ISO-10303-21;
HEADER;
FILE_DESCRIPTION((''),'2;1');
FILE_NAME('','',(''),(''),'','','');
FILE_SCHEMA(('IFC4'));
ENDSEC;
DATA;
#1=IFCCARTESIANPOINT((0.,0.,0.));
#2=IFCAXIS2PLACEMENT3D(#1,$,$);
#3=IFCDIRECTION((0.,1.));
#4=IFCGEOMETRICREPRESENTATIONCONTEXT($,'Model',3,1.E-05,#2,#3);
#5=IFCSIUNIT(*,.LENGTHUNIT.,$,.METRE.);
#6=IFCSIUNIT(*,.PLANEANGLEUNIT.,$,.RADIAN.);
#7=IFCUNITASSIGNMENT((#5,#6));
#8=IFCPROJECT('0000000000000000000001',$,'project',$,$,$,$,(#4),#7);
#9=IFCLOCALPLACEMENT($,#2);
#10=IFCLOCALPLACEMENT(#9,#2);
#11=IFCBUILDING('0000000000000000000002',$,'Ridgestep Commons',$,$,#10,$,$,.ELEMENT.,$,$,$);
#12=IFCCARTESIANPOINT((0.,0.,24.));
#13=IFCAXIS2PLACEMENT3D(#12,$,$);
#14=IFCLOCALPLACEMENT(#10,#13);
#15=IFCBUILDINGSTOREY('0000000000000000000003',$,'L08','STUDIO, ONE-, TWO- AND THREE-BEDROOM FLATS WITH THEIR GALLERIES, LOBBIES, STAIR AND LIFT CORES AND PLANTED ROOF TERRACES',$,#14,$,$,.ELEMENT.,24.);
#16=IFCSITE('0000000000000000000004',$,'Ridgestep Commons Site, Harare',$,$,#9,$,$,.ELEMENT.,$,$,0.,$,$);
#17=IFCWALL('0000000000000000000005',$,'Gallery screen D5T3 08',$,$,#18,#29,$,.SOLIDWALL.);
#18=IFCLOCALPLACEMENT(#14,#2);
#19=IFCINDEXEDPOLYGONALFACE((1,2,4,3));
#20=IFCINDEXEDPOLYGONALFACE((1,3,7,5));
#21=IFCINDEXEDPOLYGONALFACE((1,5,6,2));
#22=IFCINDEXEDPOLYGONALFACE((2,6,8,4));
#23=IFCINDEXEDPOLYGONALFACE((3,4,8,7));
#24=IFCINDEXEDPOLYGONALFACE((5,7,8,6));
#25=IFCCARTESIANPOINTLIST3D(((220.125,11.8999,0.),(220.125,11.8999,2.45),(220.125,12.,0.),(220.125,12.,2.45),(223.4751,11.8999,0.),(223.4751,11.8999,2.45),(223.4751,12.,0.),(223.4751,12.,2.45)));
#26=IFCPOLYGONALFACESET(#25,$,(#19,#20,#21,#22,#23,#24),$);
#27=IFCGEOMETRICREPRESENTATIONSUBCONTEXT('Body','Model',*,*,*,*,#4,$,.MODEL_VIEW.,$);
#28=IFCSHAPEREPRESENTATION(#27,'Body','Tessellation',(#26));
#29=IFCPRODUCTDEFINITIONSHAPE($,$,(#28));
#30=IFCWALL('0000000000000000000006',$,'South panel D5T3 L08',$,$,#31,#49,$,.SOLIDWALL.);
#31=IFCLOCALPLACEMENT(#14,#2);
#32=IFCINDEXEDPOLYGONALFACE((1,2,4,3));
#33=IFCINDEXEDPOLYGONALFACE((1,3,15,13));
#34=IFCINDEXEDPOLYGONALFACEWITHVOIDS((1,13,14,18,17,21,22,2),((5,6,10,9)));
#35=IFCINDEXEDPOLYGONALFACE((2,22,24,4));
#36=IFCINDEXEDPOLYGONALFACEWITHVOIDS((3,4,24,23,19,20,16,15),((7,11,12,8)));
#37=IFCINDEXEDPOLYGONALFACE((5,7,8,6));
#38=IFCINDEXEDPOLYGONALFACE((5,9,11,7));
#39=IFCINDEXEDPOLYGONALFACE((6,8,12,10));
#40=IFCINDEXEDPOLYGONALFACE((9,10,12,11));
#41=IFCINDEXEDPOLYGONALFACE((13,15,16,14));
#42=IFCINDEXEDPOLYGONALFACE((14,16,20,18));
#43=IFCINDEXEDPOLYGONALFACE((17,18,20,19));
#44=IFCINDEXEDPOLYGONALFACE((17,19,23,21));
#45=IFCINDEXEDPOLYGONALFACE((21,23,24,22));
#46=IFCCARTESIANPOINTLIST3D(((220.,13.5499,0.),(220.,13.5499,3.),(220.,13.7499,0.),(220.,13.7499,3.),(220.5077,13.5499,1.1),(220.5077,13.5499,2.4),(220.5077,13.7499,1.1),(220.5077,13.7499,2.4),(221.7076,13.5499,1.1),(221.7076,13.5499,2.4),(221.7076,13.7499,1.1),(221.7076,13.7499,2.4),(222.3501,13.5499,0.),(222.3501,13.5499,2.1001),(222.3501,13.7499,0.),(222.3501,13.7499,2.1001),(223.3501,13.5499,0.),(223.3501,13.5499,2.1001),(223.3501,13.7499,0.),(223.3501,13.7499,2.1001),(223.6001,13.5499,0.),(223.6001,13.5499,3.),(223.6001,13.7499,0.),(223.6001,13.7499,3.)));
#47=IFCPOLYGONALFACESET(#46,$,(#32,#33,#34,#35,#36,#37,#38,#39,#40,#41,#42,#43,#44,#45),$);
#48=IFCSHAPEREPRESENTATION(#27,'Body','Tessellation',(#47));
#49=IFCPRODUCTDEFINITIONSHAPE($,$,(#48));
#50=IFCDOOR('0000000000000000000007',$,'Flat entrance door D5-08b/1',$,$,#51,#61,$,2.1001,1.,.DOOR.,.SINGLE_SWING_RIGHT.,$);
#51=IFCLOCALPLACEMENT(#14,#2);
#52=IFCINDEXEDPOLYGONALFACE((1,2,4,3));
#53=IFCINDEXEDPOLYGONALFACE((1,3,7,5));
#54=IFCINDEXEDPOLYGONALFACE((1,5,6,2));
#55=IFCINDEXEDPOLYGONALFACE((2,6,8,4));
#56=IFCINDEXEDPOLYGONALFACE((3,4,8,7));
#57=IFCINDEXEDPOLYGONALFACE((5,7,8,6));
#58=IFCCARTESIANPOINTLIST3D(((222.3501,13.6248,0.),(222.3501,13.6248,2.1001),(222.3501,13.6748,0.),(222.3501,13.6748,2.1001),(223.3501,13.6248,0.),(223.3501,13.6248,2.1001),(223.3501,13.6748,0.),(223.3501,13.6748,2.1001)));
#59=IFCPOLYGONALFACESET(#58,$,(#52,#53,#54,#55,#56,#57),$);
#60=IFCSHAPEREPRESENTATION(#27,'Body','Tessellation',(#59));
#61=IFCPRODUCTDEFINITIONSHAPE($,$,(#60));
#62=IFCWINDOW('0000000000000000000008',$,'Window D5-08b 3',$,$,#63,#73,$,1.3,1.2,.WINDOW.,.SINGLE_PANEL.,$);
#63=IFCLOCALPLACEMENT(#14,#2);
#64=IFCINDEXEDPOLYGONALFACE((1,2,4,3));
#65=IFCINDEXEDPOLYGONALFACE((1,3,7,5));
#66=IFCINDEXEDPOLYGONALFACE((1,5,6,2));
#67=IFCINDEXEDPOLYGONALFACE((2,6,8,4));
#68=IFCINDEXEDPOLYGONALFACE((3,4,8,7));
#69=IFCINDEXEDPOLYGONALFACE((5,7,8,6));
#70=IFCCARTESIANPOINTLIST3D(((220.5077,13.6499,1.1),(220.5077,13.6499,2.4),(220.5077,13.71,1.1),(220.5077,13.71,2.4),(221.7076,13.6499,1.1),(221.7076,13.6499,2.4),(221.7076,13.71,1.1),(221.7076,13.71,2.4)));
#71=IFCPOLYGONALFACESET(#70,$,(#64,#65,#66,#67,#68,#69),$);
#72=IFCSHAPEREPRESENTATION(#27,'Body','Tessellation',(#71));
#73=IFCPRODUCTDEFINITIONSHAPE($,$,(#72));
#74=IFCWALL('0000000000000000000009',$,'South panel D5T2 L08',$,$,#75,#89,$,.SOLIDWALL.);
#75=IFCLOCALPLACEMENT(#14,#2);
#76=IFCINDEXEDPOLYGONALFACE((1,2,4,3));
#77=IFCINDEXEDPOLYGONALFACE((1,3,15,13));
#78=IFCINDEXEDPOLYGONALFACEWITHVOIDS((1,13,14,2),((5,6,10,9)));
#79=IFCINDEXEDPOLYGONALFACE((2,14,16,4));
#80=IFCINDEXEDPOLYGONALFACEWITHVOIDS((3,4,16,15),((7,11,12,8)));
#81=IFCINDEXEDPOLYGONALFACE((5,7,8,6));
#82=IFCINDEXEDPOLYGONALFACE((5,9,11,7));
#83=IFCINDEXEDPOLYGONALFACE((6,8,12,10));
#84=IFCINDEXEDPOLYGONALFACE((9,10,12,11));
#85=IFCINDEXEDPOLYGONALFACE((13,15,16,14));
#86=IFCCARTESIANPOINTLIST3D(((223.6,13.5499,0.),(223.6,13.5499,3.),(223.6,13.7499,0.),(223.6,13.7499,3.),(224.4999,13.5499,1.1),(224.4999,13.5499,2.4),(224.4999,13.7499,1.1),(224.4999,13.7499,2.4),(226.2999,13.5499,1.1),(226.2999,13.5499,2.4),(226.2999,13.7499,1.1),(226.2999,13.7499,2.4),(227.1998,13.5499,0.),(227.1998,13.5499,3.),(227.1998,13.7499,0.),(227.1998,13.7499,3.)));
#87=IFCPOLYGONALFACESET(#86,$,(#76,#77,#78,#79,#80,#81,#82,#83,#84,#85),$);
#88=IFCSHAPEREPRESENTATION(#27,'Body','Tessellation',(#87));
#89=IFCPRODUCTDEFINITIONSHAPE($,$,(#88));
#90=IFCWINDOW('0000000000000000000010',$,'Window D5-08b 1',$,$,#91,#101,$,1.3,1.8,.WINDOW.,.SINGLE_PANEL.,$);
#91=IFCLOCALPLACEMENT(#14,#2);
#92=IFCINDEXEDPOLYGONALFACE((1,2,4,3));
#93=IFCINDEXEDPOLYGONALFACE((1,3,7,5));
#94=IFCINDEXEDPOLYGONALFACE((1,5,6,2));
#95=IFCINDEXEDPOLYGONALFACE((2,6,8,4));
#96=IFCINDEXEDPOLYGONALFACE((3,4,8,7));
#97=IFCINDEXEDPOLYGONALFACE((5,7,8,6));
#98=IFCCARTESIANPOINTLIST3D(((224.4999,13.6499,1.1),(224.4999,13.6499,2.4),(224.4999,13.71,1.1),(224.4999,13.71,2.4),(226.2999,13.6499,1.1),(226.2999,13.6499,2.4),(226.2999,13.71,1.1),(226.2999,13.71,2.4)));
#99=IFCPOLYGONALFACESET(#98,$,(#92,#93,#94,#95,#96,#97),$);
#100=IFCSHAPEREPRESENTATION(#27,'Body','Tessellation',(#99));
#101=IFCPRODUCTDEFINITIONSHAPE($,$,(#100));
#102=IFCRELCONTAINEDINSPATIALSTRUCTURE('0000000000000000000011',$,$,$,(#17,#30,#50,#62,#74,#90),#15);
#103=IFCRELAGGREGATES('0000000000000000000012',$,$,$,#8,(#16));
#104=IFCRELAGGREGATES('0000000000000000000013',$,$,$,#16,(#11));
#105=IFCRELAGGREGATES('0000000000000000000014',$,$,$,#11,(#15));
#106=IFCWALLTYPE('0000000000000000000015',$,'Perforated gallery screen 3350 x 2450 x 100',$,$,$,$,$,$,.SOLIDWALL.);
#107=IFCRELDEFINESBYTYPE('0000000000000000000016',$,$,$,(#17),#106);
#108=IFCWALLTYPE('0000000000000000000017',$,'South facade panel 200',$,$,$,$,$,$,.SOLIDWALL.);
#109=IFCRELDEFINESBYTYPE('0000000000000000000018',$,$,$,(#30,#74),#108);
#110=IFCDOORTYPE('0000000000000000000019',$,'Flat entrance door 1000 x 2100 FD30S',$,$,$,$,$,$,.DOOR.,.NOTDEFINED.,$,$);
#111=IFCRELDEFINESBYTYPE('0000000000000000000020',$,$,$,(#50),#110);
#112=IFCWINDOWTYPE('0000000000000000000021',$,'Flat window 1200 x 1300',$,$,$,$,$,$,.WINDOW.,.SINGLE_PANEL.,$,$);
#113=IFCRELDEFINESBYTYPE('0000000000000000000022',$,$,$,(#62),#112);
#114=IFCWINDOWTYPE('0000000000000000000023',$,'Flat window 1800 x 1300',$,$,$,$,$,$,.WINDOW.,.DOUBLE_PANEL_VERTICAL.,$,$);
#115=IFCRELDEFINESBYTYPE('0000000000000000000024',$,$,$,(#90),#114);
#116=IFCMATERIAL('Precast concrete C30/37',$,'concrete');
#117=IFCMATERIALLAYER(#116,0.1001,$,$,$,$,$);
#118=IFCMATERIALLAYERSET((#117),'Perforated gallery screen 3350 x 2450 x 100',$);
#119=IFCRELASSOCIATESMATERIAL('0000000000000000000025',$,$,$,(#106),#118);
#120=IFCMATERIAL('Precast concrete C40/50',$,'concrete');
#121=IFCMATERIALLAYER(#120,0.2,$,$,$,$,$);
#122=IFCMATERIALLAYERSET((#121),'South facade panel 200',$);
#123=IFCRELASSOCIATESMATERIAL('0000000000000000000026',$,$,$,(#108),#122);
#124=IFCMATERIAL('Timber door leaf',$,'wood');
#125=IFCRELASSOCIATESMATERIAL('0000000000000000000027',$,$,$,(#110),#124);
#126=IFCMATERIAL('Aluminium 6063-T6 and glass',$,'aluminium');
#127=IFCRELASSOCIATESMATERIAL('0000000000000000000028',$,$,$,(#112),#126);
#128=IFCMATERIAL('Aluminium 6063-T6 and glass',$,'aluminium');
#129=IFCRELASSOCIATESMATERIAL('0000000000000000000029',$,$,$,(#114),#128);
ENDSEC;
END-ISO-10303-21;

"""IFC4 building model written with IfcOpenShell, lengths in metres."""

from ifc_helpers import new_model, si_unit, direction, frame, frame_2d, origin, place, context, subcontext, project, spatial, rectangle, extrude, material, layer, layer_set, type_object, element, fill, save


model = new_model("IFC4")

# Units and contexts
model_context = context("Model", 3, precision=1e-05, world=origin(), true_north=direction((0.0, 1.0)))
body_context = subcontext(model_context, "Body", "Model", "MODEL_VIEW")
ifc_project = project(units=[si_unit("LENGTHUNIT", "METRE"), si_unit("PLANEANGLEUNIT", "RADIAN")], contexts=[model_context])

# Site, building, storey
site_placement = place(None, origin())
site = spatial("IfcSite", under=ifc_project, at=site_placement, Name="Ridgestep Commons Site, Harare", CompositionType="ELEMENT", RefElevation=0.0)
building_placement = place(site_placement, origin())
building = spatial("IfcBuilding", under=site, at=building_placement, Name="Ridgestep Commons", CompositionType="ELEMENT")
storey_placement = place(building_placement, frame((0.0, 0.0, 24.0)))
storey = spatial("IfcBuildingStorey", under=building, at=storey_placement, Name="L08", Description="STUDIO, ONE-, TWO- AND THREE-BEDROOM FLATS WITH THEIR GALLERIES, LOBBIES, STAIR AND LIFT CORES AND PLANTED ROOF TERRACES", CompositionType="ELEMENT", Elevation=24.0)

# Wall
ifc_material_1 = material(Name="Precast concrete C30/37", Category="concrete")
ifc_layer_1 = layer(ifc_material_1, 0.1001)
ifc_layer_set_1 = layer_set([ifc_layer_1], Name="Perforated gallery screen 3350 x 2450 x 100")
wall_type_1 = type_object("IfcWallType", Name="Perforated gallery screen 3350 x 2450 x 100", PredefinedType="SOLIDWALL", material=ifc_layer_set_1)
wall_1_placement = place(storey_placement, frame((220.125, 11.95, 0.0), z_axis=(0.0, 0.0, 1.0), x_axis=(1.0, 0.0, 0.0)))
element("IfcWall", 1, at=wall_1_placement, inside=storey, type_object=wall_type_1, Name="Gallery screen D5T3 08", PredefinedType="SOLIDWALL", context=body_context, shape_type="SweptSolid", body=[
    extrude(rectangle(XDim=3.3501, YDim=0.1001, at=frame_2d((1.675, 0.0))), origin(), (0.0, 0.0, 1.0), 2.45),
])

# Wall, openings, door, window
ifc_material_2 = material(Name="Precast concrete C40/50", Category="concrete")
ifc_layer_2 = layer(ifc_material_2, 0.2)
ifc_layer_set_2 = layer_set([ifc_layer_2], Name="South facade panel 200")
wall_type_2 = type_object("IfcWallType", Name="South facade panel 200", PredefinedType="SOLIDWALL", material=ifc_layer_set_2)
wall_2_placement = place(storey_placement, frame((220.0, 13.6499, 0.0), z_axis=(0.0, 0.0, 1.0), x_axis=(1.0, 0.0, 0.0)))
wall_2 = element("IfcWall", 2, at=wall_2_placement, inside=storey, type_object=wall_type_2, Name="South panel D5T3 L08", PredefinedType="SOLIDWALL", context=body_context, shape_type="SweptSolid", body=[
    extrude(rectangle(XDim=3.6001, YDim=0.2, at=frame_2d((1.8, 0.0))), origin(), (0.0, 0.0, 1.0), 3.0),
])
opening_1_placement = place(wall_2_placement, frame((0.5076, 0.0, 1.1001)))
opening_1 = element("IfcOpeningElement", 3, at=opening_1_placement, cuts=wall_2, PredefinedType="OPENING", context=body_context, shape_type="SweptSolid", body=[
    extrude(rectangle(XDim=1.2, YDim=1.3, at=frame_2d((0.6001, 0.6499))), frame((0.0, 0.1099, 0.0), z_axis=(0.0, -1.0, 0.0), x_axis=(1.0, 0.0, 0.0)), (0.0, 0.0, 1.0), 0.22),
])
opening_2_placement = place(wall_2_placement, frame((2.3501, 0.0, 0.0)))
opening_2 = element("IfcOpeningElement", 4, at=opening_2_placement, cuts=wall_2, PredefinedType="OPENING", context=body_context, shape_type="SweptSolid", body=[
    extrude(rectangle(XDim=1.0, YDim=2.1001, at=frame_2d((0.5, 1.05))), frame((0.0, 0.1099, 0.0), z_axis=(0.0, -1.0, 0.0), x_axis=(1.0, 0.0, 0.0)), (0.0, 0.0, 1.0), 0.22),
])
ifc_material_3 = material(Name="Timber door leaf", Category="wood")
door_type_1 = type_object("IfcDoorType", Name="Flat entrance door 1000 x 2100 FD30S", OperationType="NOTDEFINED", PredefinedType="DOOR", material=ifc_material_3)
door_1_placement = place(opening_2_placement, origin())
door_1 = element("IfcDoor", 5, at=door_1_placement, inside=storey, type_object=door_type_1, Name="Flat entrance door D5-08b/1", OperationType="SINGLE_SWING_RIGHT", OverallHeight=2.1001, OverallWidth=1.0, PredefinedType="DOOR", context=body_context, shape_type="SweptSolid", body=[
    extrude(rectangle(XDim=1.0, YDim=2.1001, at=frame_2d((0.5, 1.05))), frame((0.0, 0.0249, 0.0), z_axis=(0.0, -1.0, 0.0), x_axis=(1.0, 0.0, 0.0)), (0.0, 0.0, 1.0), 0.05),
])
fill(opening_2, door_1)
ifc_material_4 = material(Name="Aluminium 6063-T6 and glass", Category="aluminium")
window_type_1 = type_object("IfcWindowType", Name="Flat window 1200 x 1300", PartitioningType="SINGLE_PANEL", PredefinedType="WINDOW", material=ifc_material_4)
window_1_placement = place(opening_1_placement, origin())
window_1 = element("IfcWindow", 6, at=window_1_placement, inside=storey, type_object=window_type_1, Name="Window D5-08b 3", OverallHeight=1.3, OverallWidth=1.2, PartitioningType="SINGLE_PANEL", PredefinedType="WINDOW", context=body_context, shape_type="SweptSolid", body=[
    extrude(rectangle(XDim=1.2, YDim=1.3, at=frame_2d((0.6001, 0.6499))), frame((0.0, 0.0601, 0.0), z_axis=(0.0, -1.0, 0.0), x_axis=(1.0, 0.0, 0.0)), (0.0, 0.0, 1.0), 0.0601),
])
fill(opening_1, window_1)

# Wall, opening, window
wall_3_placement = place(storey_placement, frame((223.6001, 13.6499, 0.0), z_axis=(0.0, 0.0, 1.0), x_axis=(1.0, 0.0, 0.0)))
wall_3 = element("IfcWall", 7, at=wall_3_placement, inside=storey, type_object=wall_type_2, Name="South panel D5T2 L08", PredefinedType="SOLIDWALL", context=body_context, shape_type="SweptSolid", body=[
    extrude(rectangle(XDim=3.5999, YDim=0.2, at=frame_2d((1.7998, 0.0))), origin(), (0.0, 0.0, 1.0), 3.0),
])
opening_3_placement = place(wall_3_placement, frame((0.8999, 0.0, 1.1001)))
opening_3 = element("IfcOpeningElement", 8, at=opening_3_placement, cuts=wall_3, PredefinedType="OPENING", context=body_context, shape_type="SweptSolid", body=[
    extrude(rectangle(XDim=1.8, YDim=1.3, at=frame_2d((0.8999, 0.6499))), frame((0.0, 0.1099, 0.0), z_axis=(0.0, -1.0, 0.0), x_axis=(1.0, 0.0, 0.0)), (0.0, 0.0, 1.0), 0.22),
])
ifc_material_5 = material(Name="Aluminium 6063-T6 and glass", Category="aluminium")
window_type_2 = type_object("IfcWindowType", Name="Flat window 1800 x 1300", PartitioningType="DOUBLE_PANEL_VERTICAL", PredefinedType="WINDOW", material=ifc_material_5)
window_2_placement = place(opening_3_placement, origin())
window_2 = element("IfcWindow", 9, at=window_2_placement, inside=storey, type_object=window_type_2, Name="Window D5-08b 1", OverallHeight=1.3, OverallWidth=1.8, PartitioningType="SINGLE_PANEL", PredefinedType="WINDOW", context=body_context, shape_type="SweptSolid", body=[
    extrude(rectangle(XDim=1.8, YDim=1.3, at=frame_2d((0.8999, 0.6499))), frame((0.0, 0.0601, 0.0), z_axis=(0.0, -1.0, 0.0), x_axis=(1.0, 0.0, 0.0)), (0.0, 0.0, 1.0), 0.0601),
])
fill(opening_3, window_2)

save(model, "model.ifc")
